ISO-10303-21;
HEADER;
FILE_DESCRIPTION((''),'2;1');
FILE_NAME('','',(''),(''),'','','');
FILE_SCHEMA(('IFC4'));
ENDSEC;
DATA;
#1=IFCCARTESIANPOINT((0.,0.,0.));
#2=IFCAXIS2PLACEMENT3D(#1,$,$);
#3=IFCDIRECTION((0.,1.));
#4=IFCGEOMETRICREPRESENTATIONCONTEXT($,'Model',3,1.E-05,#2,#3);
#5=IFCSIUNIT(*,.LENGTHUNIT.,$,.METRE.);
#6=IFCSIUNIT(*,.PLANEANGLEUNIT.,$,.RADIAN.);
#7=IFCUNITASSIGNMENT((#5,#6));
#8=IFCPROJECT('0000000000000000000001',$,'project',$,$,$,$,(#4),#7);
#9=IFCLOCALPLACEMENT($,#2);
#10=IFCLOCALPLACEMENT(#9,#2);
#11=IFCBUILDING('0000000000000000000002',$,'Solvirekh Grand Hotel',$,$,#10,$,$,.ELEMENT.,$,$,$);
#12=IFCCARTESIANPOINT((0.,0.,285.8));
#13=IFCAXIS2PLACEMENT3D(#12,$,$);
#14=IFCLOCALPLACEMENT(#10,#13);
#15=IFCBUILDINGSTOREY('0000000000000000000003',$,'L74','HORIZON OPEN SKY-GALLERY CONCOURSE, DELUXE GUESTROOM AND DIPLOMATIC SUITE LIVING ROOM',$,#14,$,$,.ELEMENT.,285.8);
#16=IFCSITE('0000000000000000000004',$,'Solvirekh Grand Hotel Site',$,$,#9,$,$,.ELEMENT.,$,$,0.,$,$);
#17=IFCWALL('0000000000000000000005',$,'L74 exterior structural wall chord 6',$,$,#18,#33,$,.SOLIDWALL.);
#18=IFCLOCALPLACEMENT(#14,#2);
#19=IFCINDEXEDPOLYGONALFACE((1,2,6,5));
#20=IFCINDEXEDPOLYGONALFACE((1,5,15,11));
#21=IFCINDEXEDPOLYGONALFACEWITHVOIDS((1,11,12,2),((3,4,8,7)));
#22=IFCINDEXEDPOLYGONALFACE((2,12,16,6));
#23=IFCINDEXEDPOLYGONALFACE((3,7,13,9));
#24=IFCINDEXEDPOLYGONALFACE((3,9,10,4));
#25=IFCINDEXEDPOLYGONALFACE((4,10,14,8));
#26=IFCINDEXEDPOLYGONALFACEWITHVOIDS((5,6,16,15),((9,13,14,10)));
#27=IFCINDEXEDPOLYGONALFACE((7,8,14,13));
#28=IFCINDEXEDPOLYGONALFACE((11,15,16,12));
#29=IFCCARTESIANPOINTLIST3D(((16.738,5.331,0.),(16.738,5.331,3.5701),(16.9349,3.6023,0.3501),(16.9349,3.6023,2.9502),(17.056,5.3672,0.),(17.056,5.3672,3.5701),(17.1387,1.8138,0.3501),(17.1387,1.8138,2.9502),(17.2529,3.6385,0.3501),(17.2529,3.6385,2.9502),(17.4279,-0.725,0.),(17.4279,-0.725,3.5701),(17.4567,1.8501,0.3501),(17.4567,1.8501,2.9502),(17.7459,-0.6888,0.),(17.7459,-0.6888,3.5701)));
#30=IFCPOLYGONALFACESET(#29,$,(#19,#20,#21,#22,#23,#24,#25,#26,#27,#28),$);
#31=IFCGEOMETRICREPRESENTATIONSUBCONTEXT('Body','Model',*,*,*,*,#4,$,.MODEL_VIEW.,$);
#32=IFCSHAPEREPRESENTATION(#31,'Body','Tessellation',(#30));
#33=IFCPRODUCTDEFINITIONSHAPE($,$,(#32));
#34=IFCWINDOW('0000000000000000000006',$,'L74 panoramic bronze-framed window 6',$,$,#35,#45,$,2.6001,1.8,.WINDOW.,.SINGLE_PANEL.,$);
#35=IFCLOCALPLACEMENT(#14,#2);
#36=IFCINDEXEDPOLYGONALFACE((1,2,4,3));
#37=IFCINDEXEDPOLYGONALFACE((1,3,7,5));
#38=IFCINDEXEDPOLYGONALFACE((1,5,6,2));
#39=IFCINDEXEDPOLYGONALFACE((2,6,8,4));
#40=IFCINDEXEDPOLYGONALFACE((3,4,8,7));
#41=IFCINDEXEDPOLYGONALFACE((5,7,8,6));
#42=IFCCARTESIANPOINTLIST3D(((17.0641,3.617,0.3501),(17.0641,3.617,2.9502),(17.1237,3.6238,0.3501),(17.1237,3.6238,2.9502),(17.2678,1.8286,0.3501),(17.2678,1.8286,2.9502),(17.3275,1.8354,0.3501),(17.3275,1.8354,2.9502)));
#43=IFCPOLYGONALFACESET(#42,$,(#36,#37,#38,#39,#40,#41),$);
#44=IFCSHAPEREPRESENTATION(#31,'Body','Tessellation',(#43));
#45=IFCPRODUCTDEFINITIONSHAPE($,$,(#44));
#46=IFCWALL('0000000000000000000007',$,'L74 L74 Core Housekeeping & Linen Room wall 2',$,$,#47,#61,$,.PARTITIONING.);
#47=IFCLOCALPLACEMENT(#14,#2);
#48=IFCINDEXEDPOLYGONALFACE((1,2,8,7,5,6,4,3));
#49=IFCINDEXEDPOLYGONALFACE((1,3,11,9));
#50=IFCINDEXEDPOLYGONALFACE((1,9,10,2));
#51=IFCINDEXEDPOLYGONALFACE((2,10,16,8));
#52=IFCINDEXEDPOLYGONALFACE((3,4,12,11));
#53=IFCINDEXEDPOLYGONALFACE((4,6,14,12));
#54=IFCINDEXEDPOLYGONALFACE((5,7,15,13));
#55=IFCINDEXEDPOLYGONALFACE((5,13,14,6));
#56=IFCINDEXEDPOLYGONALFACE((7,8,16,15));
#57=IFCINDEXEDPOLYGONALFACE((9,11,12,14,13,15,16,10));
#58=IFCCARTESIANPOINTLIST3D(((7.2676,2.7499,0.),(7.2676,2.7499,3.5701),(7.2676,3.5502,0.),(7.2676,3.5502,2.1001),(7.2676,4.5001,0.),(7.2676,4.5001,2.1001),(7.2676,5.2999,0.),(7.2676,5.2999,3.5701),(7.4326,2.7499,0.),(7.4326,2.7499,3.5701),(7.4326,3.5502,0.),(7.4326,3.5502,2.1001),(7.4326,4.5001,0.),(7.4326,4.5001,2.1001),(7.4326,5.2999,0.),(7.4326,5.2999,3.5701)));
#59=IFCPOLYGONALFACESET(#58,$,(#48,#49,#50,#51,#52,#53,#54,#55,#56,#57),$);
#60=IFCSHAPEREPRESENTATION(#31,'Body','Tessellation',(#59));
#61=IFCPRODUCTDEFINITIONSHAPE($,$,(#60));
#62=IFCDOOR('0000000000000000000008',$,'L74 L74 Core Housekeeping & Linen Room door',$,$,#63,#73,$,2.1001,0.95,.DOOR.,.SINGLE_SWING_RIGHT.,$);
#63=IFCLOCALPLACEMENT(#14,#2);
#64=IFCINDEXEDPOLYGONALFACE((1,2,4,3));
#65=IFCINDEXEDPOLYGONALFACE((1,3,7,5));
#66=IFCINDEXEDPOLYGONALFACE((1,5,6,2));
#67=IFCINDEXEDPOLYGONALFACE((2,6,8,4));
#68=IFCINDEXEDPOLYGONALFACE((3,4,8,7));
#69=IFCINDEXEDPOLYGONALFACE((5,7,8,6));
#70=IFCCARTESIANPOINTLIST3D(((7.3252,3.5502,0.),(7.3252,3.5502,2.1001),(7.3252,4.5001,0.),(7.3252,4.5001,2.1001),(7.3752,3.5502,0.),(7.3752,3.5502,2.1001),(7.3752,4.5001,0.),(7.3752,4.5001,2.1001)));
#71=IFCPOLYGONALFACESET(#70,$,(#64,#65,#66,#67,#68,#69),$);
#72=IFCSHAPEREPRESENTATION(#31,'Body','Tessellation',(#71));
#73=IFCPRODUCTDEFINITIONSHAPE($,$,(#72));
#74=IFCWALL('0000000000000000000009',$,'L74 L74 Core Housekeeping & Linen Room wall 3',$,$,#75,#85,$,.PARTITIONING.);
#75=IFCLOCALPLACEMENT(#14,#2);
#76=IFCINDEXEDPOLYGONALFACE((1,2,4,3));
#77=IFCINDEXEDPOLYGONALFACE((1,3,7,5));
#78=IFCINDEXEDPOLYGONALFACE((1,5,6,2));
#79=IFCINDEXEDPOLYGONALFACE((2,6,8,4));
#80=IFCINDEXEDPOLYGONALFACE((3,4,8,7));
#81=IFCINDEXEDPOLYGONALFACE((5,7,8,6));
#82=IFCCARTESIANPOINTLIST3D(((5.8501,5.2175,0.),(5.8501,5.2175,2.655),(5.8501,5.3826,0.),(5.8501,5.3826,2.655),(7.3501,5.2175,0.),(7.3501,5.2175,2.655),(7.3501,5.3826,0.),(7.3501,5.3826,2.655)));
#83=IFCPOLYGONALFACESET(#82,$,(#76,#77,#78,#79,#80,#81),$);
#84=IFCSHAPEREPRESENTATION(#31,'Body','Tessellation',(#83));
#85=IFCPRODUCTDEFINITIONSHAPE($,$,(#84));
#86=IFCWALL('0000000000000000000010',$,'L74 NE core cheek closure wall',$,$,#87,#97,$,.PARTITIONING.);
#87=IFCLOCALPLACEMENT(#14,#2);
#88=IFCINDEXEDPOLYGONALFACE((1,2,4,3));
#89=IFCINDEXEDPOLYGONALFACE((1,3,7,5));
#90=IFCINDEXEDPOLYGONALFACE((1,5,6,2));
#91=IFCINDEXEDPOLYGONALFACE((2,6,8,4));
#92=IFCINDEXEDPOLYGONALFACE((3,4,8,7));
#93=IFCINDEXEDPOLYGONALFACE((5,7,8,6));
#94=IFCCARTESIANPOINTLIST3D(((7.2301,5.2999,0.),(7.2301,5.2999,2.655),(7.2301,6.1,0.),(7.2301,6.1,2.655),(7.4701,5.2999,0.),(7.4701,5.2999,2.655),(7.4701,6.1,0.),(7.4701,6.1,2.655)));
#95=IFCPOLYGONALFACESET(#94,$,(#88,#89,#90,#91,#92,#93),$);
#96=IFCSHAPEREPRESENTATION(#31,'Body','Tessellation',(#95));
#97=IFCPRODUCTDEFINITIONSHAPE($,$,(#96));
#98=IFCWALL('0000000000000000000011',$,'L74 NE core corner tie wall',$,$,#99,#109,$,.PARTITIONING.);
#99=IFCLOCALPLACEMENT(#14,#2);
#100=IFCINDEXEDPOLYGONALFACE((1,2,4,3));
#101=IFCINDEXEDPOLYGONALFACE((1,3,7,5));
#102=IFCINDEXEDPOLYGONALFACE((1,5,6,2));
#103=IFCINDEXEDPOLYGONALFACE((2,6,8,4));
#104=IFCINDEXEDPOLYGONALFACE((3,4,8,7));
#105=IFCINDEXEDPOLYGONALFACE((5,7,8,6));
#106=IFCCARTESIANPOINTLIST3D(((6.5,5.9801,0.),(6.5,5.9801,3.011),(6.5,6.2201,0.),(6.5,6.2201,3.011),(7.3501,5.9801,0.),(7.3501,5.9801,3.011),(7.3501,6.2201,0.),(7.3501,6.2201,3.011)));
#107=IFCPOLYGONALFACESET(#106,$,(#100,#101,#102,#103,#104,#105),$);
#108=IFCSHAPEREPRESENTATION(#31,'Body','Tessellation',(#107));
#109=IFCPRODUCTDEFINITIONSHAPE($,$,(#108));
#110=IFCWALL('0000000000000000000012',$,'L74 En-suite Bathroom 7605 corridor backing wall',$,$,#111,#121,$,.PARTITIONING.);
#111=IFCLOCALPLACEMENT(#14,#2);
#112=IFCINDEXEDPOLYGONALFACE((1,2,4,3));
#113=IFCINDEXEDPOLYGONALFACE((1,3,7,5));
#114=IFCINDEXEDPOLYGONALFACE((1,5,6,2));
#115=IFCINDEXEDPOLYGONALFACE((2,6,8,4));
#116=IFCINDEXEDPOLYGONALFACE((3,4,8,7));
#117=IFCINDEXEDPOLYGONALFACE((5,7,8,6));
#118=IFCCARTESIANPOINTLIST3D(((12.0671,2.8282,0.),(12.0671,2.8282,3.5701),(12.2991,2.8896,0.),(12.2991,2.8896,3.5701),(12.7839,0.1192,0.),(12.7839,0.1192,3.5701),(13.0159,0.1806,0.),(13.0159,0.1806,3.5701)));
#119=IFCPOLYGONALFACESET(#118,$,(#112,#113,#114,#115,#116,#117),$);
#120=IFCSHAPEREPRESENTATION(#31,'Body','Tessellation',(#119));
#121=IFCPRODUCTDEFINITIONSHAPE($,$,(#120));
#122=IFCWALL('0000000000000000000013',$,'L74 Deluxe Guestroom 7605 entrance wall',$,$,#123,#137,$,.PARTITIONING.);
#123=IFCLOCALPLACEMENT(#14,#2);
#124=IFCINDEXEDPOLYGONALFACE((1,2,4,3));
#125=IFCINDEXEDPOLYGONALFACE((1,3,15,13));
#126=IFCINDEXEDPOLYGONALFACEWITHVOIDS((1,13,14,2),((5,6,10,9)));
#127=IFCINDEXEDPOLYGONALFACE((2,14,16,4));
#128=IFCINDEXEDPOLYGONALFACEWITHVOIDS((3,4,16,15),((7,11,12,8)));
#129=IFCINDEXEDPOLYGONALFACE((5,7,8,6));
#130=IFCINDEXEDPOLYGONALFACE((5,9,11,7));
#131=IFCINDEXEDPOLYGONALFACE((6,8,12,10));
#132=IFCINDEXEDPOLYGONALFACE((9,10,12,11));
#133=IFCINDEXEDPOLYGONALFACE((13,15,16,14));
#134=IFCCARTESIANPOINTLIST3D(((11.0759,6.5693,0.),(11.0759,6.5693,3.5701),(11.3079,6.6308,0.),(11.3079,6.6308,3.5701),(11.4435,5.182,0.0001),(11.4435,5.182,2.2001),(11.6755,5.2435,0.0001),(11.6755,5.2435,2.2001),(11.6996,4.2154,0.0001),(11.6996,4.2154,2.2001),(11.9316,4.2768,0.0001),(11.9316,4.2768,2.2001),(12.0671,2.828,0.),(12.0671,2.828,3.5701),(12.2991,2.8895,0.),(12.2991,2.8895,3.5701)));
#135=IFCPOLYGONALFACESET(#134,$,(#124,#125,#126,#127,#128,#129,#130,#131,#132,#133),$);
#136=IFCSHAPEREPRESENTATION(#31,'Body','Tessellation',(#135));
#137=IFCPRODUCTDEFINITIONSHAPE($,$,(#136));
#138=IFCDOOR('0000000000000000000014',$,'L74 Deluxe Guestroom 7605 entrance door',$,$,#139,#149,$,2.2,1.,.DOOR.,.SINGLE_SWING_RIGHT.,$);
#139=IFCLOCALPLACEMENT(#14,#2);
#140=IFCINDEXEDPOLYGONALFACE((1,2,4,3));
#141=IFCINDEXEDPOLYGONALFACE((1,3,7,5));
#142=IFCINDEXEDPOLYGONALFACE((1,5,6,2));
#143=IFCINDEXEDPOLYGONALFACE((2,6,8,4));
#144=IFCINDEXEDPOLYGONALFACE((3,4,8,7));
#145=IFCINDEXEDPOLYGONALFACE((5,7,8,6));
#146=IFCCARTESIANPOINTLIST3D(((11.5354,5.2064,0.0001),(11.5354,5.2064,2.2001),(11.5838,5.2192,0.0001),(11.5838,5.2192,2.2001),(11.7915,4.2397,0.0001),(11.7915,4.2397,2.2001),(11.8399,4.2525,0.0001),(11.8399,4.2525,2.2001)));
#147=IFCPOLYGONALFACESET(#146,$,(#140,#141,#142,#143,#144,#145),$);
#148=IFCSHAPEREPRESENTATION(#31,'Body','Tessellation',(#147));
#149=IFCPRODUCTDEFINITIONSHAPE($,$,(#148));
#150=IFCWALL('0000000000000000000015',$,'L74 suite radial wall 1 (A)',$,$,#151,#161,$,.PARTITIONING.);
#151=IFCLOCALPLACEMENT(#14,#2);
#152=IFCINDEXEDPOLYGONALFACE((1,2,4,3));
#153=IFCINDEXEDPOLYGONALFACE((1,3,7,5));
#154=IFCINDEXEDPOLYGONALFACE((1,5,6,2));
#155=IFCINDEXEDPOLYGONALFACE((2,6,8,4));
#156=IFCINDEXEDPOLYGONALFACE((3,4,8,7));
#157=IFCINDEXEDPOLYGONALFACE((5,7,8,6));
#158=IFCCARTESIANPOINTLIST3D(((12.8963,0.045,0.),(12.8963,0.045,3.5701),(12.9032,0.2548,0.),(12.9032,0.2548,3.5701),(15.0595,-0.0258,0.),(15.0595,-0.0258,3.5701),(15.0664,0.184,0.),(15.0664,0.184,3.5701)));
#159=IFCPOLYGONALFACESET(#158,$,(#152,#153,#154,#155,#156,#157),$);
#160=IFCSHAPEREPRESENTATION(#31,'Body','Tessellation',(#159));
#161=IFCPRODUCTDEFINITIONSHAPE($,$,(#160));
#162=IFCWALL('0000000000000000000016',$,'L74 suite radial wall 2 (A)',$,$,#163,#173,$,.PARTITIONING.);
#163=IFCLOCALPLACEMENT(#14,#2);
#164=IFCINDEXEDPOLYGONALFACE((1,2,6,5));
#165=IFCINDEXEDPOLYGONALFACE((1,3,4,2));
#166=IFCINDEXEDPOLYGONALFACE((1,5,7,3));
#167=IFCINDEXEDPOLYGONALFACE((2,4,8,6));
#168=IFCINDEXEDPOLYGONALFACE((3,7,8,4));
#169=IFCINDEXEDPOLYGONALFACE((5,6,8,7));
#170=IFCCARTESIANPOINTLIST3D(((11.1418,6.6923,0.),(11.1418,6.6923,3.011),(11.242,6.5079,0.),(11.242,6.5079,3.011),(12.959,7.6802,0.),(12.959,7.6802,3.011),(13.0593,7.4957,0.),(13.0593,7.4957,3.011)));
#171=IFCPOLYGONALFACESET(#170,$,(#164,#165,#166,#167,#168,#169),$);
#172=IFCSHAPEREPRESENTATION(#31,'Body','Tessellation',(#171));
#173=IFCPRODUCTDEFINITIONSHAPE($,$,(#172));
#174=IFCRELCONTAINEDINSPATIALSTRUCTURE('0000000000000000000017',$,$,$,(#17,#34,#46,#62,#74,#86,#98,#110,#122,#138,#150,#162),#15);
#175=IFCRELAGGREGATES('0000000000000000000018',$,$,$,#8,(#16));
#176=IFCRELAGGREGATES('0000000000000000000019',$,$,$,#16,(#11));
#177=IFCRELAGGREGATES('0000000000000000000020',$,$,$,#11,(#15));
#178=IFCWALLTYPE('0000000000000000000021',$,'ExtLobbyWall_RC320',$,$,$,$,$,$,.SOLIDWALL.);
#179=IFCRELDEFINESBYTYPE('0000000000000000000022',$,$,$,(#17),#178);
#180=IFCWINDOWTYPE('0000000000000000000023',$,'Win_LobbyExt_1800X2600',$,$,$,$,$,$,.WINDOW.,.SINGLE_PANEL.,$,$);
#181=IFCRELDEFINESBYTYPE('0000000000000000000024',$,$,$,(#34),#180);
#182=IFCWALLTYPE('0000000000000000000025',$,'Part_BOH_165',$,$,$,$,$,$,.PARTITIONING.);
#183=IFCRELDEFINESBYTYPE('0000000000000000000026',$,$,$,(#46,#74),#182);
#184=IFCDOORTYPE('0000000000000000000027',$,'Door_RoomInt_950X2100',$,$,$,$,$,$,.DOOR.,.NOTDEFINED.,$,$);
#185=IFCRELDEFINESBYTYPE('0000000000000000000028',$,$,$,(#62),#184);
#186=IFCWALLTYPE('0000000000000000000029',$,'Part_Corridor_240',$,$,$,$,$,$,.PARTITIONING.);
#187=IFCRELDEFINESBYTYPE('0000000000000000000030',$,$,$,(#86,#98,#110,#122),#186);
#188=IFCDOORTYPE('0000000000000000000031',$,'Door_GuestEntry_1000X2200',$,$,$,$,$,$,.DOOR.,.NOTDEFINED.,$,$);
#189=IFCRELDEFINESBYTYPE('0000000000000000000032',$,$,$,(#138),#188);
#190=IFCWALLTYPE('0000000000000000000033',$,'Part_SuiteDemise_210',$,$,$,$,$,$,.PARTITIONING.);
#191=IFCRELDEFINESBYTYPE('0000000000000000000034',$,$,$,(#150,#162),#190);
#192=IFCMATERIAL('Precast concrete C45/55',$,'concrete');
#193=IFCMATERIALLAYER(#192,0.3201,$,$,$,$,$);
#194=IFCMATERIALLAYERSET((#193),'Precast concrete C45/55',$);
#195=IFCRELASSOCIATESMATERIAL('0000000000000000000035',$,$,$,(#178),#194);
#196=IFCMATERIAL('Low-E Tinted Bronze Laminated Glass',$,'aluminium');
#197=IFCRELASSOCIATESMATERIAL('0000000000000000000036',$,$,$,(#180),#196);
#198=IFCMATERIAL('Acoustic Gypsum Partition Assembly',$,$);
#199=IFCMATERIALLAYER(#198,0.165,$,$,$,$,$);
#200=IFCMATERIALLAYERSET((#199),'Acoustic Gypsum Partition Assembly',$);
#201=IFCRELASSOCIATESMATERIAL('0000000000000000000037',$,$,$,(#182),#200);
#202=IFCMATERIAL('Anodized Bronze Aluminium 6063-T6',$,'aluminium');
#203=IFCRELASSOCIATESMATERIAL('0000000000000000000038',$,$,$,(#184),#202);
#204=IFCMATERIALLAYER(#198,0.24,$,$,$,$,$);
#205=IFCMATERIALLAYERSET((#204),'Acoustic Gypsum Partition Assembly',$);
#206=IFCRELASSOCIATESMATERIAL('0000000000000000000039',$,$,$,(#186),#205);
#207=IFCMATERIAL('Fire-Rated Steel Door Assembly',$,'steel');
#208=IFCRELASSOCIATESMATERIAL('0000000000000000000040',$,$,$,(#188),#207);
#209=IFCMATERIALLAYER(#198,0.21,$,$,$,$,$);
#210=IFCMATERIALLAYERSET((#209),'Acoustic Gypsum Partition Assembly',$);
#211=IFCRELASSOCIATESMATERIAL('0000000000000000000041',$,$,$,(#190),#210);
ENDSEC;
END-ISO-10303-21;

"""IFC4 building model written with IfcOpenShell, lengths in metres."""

from ifc_helpers import new_model, si_unit, direction, frame, frame_2d, origin, place, context, subcontext, project, spatial, rectangle, extrude, material, layer, layer_set, type_object, element, fill, save


model = new_model("IFC4")

# Units and contexts
model_context = context("Model", 3, precision=1e-05, world=origin(), true_north=direction((0.0, 1.0)))
body_context = subcontext(model_context, "Body", "Model", "MODEL_VIEW")
ifc_project = project(units=[si_unit("LENGTHUNIT", "METRE"), si_unit("PLANEANGLEUNIT", "RADIAN")], contexts=[model_context])

# Site, building, storey
site_placement = place(None, origin())
site = spatial("IfcSite", under=ifc_project, at=site_placement, Name="Solvirekh Grand Hotel Site", CompositionType="ELEMENT", RefElevation=0.0)
building_placement = place(site_placement, origin())
building = spatial("IfcBuilding", under=site, at=building_placement, Name="Solvirekh Grand Hotel", CompositionType="ELEMENT")
storey_placement = place(building_placement, frame((0.0, 0.0, 285.8)))
storey = spatial("IfcBuildingStorey", under=building, at=storey_placement, Name="L74", Description="HORIZON OPEN SKY-GALLERY CONCOURSE, DELUXE GUESTROOM AND DIPLOMATIC SUITE LIVING ROOM", CompositionType="ELEMENT", Elevation=285.8)

# Wall, opening, window
ifc_material_1 = material(Name="Precast concrete C45/55", Category="concrete")
ifc_layer_1 = layer(ifc_material_1, 0.3201)
ifc_layer_set_1 = layer_set([ifc_layer_1], Name="Precast concrete C45/55")
wall_type_1 = type_object("IfcWallType", Name="ExtLobbyWall_RC320", PredefinedType="SOLIDWALL", material=ifc_layer_set_1)
wall_1_placement = place(storey_placement, frame((16.897, 5.3491, 0.0), z_axis=(0.0, 0.0, 1.0), x_axis=(0.113192, -0.993573, 0.0)))
wall_1 = element("IfcWall", 1, at=wall_1_placement, inside=storey, type_object=wall_type_1, Name="L74 exterior structural wall chord 6", PredefinedType="SOLIDWALL", context=body_context, shape_type="SweptSolid", body=[
    extrude(rectangle(XDim=6.0952, YDim=0.3201, at=frame_2d((3.0476, 0.0))), origin(), (0.0, 0.0, 1.0), 3.5701),
])
opening_1_placement = place(wall_1_placement, frame((1.74, 0.0, 0.3501)))
opening_1 = element("IfcOpeningElement", 2, at=opening_1_placement, cuts=wall_1, PredefinedType="OPENING", context=body_context, shape_type="SweptSolid", body=[
    extrude(rectangle(XDim=1.8, YDim=2.6001, at=frame_2d((0.8999, 1.3))), frame((0.0, 0.1699, 0.0), z_axis=(0.0, -1.0, 0.0), x_axis=(1.0, 0.0, 0.0)), (0.0, 0.0, 1.0), 0.3401),
])
ifc_material_2 = material(Name="Low-E Tinted Bronze Laminated Glass", Category="aluminium")
window_type = type_object("IfcWindowType", Name="Win_LobbyExt_1800X2600", PartitioningType="SINGLE_PANEL", PredefinedType="WINDOW", material=ifc_material_2)
window_placement = place(opening_1_placement, origin())
window = element("IfcWindow", 3, at=window_placement, inside=storey, type_object=window_type, Name="L74 panoramic bronze-framed window 6", OverallHeight=2.6001, OverallWidth=1.8, PartitioningType="SINGLE_PANEL", PredefinedType="WINDOW", context=body_context, shape_type="SweptSolid", body=[
    extrude(rectangle(XDim=1.8, YDim=2.6001, at=frame_2d((0.8999, 1.3))), frame((0.0, 0.03, 0.0), z_axis=(0.0, -1.0, 0.0), x_axis=(1.0, 0.0, 0.0)), (0.0, 0.0, 1.0), 0.0601),
])
fill(opening_1, window)

# Wall, opening, door
ifc_material_3 = material(Name="Acoustic Gypsum Partition Assembly")
ifc_layer_2 = layer(ifc_material_3, 0.165)
ifc_layer_set_2 = layer_set([ifc_layer_2], Name="Acoustic Gypsum Partition Assembly")
wall_type_2 = type_object("IfcWallType", Name="Part_BOH_165", PredefinedType="PARTITIONING", material=ifc_layer_set_2)
wall_2_placement = place(storey_placement, frame((7.3501, 2.75, 0.0), z_axis=(0.0, 0.0, 1.0), x_axis=(0.0, 1.0, 0.0)))
wall_2 = element("IfcWall", 4, at=wall_2_placement, inside=storey, type_object=wall_type_2, Name="L74 L74 Core Housekeeping & Linen Room wall 2", PredefinedType="PARTITIONING", context=body_context, shape_type="SweptSolid", body=[
    extrude(rectangle(XDim=2.55, YDim=0.165, at=frame_2d((1.2749, 0.0))), origin(), (0.0, 0.0, 1.0), 3.5701),
])
opening_2_placement = place(wall_2_placement, frame((0.8, 0.0, 0.0)))
opening_2 = element("IfcOpeningElement", 5, at=opening_2_placement, cuts=wall_2, PredefinedType="OPENING", context=body_context, shape_type="SweptSolid", body=[
    extrude(rectangle(XDim=0.95, YDim=2.1001, at=frame_2d((0.4751, 1.05))), frame((0.0, 0.0925, 0.0), z_axis=(0.0, -1.0, 0.0), x_axis=(1.0, 0.0, 0.0)), (0.0, 0.0, 1.0), 0.1851),
])
ifc_material_4 = material(Name="Anodized Bronze Aluminium 6063-T6", Category="aluminium")
door_type_1 = type_object("IfcDoorType", Name="Door_RoomInt_950X2100", OperationType="NOTDEFINED", PredefinedType="DOOR", material=ifc_material_4)
door_1_placement = place(opening_2_placement, origin())
door_1 = element("IfcDoor", 6, at=door_1_placement, inside=storey, type_object=door_type_1, Name="L74 L74 Core Housekeeping & Linen Room door", OperationType="SINGLE_SWING_RIGHT", OverallHeight=2.1001, OverallWidth=0.95, PredefinedType="DOOR", context=body_context, shape_type="SweptSolid", body=[
    extrude(rectangle(XDim=0.95, YDim=2.1001, at=frame_2d((0.4751, 1.05))), frame((0.0, 0.0249, 0.0), z_axis=(0.0, -1.0, 0.0), x_axis=(1.0, 0.0, 0.0)), (0.0, 0.0, 1.0), 0.05),
])
fill(opening_2, door_1)

# Walls
wall_3_placement = place(storey_placement, frame((7.3501, 5.3, 0.0), z_axis=(0.0, 0.0, 1.0), x_axis=(-1.0, 0.0, 0.0)))
element("IfcWall", 7, at=wall_3_placement, inside=storey, type_object=wall_type_2, Name="L74 L74 Core Housekeeping & Linen Room wall 3", PredefinedType="PARTITIONING", context=body_context, shape_type="SweptSolid", body=[
    extrude(rectangle(XDim=1.5, YDim=0.165, at=frame_2d((0.75, 0.0))), origin(), (0.0, 0.0, 1.0), 2.655),
])
ifc_layer_3 = layer(ifc_material_3, 0.24)
ifc_layer_set_3 = layer_set([ifc_layer_3], Name="Acoustic Gypsum Partition Assembly")
wall_type_3 = type_object("IfcWallType", Name="Part_Corridor_240", PredefinedType="PARTITIONING", material=ifc_layer_set_3)
wall_4_placement = place(storey_placement, frame((7.3501, 5.3, 0.0), z_axis=(0.0, 0.0, 1.0), x_axis=(0.0, 1.0, 0.0)))
element("IfcWall", 8, at=wall_4_placement, inside=storey, type_object=wall_type_3, Name="L74 NE core cheek closure wall", PredefinedType="PARTITIONING", context=body_context, shape_type="SweptSolid", body=[
    extrude(rectangle(XDim=0.8, YDim=0.24, at=frame_2d((0.3999, 0.0))), origin(), (0.0, 0.0, 1.0), 2.655),
])
wall_5_placement = place(storey_placement, frame((6.5, 6.1001, 0.0), z_axis=(0.0, 0.0, 1.0), x_axis=(1.0, 0.0, 0.0)))
element("IfcWall", 9, at=wall_5_placement, inside=storey, type_object=wall_type_3, Name="L74 NE core corner tie wall", PredefinedType="PARTITIONING", context=body_context, shape_type="SweptSolid", body=[
    extrude(rectangle(XDim=0.8501, YDim=0.24, at=frame_2d((0.425, 0.0))), origin(), (0.0, 0.0, 1.0), 3.011),
])
wall_6_placement = place(storey_placement, frame((12.8999, 0.1499, 0.0), z_axis=(0.0, 0.0, 1.0), x_axis=(-0.255797, 0.966731, 0.0)))
element("IfcWall", 10, at=wall_6_placement, inside=storey, type_object=wall_type_3, Name="L74 En-suite Bathroom 7605 corridor backing wall", PredefinedType="PARTITIONING", context=body_context, shape_type="SweptSolid", body=[
    extrude(rectangle(XDim=2.8022, YDim=0.24, at=frame_2d((1.4011, 0.0))), origin(), (0.0, 0.0, 1.0), 3.5701),
])

# Wall, opening, door
wall_7_placement = place(storey_placement, frame((12.1831, 2.8589, 0.0), z_axis=(0.0, 0.0, 1.0), x_axis=(-0.256108, 0.966648, 0.0)))
wall_7 = element("IfcWall", 11, at=wall_7_placement, inside=storey, type_object=wall_type_3, Name="L74 Deluxe Guestroom 7605 entrance wall", PredefinedType="PARTITIONING", context=body_context, shape_type="SweptSolid", body=[
    extrude(rectangle(XDim=3.8704, YDim=0.24, at=frame_2d((1.9351, 0.0))), origin(), (0.0, 0.0, 1.0), 3.5701),
])
opening_3_placement = place(wall_7_placement, frame((1.4351, 0.0, 0.0)))
opening_3 = element("IfcOpeningElement", 12, at=opening_3_placement, cuts=wall_7, PredefinedType="OPENING", context=body_context, shape_type="SweptSolid", body=[
    extrude(rectangle(XDim=1.0, YDim=2.2, at=frame_2d((0.5, 1.1001))), frame((0.0, 0.1299, 0.0), z_axis=(0.0, -1.0, 0.0), x_axis=(1.0, 0.0, 0.0)), (0.0, 0.0, 1.0), 0.26),
])
ifc_material_5 = material(Name="Fire-Rated Steel Door Assembly", Category="steel")
door_type_2 = type_object("IfcDoorType", Name="Door_GuestEntry_1000X2200", OperationType="NOTDEFINED", PredefinedType="DOOR", material=ifc_material_5)
door_2_placement = place(opening_3_placement, origin())
door_2 = element("IfcDoor", 13, at=door_2_placement, inside=storey, type_object=door_type_2, Name="L74 Deluxe Guestroom 7605 entrance door", OperationType="SINGLE_SWING_RIGHT", OverallHeight=2.2, OverallWidth=1.0, PredefinedType="DOOR", context=body_context, shape_type="SweptSolid", body=[
    extrude(rectangle(XDim=1.0, YDim=2.2, at=frame_2d((0.5, 1.1001))), frame((0.0, 0.0249, 0.0), z_axis=(0.0, -1.0, 0.0), x_axis=(1.0, 0.0, 0.0)), (0.0, 0.0, 1.0), 0.05),
])
fill(opening_3, door_2)

# Walls
ifc_layer_4 = layer(ifc_material_3, 0.21)
ifc_layer_set_4 = layer_set([ifc_layer_4], Name="Acoustic Gypsum Partition Assembly")
wall_type_4 = type_object("IfcWallType", Name="Part_SuiteDemise_210", PredefinedType="PARTITIONING", material=ifc_layer_set_4)
wall_8_placement = place(storey_placement, frame((12.8999, 0.1499, 0.0), z_axis=(0.0, 0.0, 1.0), x_axis=(0.999465, -0.032714, 0.0)))
element("IfcWall", 14, at=wall_8_placement, inside=storey, type_object=wall_type_4, Name="L74 suite radial wall 1 (A)", PredefinedType="PARTITIONING", context=body_context, shape_type="SweptSolid", body=[
    extrude(rectangle(XDim=2.1643, YDim=0.21, at=frame_2d((1.082, 0.0))), origin(), (0.0, 0.0, 1.0), 3.5701),
])
wall_9_placement = place(storey_placement, frame((11.1919, 6.6001, 0.0), z_axis=(0.0, 0.0, 1.0), x_axis=(0.87858, 0.477595, 0.0)))
element("IfcWall", 15, at=wall_9_placement, inside=storey, type_object=wall_type_4, Name="L74 suite radial wall 2 (A)", PredefinedType="PARTITIONING", context=body_context, shape_type="SweptSolid", body=[
    extrude(rectangle(XDim=2.0684, YDim=0.21, at=frame_2d((1.0342, 0.0))), origin(), (0.0, 0.0, 1.0), 3.011),
])

save(model, "model.ifc")
